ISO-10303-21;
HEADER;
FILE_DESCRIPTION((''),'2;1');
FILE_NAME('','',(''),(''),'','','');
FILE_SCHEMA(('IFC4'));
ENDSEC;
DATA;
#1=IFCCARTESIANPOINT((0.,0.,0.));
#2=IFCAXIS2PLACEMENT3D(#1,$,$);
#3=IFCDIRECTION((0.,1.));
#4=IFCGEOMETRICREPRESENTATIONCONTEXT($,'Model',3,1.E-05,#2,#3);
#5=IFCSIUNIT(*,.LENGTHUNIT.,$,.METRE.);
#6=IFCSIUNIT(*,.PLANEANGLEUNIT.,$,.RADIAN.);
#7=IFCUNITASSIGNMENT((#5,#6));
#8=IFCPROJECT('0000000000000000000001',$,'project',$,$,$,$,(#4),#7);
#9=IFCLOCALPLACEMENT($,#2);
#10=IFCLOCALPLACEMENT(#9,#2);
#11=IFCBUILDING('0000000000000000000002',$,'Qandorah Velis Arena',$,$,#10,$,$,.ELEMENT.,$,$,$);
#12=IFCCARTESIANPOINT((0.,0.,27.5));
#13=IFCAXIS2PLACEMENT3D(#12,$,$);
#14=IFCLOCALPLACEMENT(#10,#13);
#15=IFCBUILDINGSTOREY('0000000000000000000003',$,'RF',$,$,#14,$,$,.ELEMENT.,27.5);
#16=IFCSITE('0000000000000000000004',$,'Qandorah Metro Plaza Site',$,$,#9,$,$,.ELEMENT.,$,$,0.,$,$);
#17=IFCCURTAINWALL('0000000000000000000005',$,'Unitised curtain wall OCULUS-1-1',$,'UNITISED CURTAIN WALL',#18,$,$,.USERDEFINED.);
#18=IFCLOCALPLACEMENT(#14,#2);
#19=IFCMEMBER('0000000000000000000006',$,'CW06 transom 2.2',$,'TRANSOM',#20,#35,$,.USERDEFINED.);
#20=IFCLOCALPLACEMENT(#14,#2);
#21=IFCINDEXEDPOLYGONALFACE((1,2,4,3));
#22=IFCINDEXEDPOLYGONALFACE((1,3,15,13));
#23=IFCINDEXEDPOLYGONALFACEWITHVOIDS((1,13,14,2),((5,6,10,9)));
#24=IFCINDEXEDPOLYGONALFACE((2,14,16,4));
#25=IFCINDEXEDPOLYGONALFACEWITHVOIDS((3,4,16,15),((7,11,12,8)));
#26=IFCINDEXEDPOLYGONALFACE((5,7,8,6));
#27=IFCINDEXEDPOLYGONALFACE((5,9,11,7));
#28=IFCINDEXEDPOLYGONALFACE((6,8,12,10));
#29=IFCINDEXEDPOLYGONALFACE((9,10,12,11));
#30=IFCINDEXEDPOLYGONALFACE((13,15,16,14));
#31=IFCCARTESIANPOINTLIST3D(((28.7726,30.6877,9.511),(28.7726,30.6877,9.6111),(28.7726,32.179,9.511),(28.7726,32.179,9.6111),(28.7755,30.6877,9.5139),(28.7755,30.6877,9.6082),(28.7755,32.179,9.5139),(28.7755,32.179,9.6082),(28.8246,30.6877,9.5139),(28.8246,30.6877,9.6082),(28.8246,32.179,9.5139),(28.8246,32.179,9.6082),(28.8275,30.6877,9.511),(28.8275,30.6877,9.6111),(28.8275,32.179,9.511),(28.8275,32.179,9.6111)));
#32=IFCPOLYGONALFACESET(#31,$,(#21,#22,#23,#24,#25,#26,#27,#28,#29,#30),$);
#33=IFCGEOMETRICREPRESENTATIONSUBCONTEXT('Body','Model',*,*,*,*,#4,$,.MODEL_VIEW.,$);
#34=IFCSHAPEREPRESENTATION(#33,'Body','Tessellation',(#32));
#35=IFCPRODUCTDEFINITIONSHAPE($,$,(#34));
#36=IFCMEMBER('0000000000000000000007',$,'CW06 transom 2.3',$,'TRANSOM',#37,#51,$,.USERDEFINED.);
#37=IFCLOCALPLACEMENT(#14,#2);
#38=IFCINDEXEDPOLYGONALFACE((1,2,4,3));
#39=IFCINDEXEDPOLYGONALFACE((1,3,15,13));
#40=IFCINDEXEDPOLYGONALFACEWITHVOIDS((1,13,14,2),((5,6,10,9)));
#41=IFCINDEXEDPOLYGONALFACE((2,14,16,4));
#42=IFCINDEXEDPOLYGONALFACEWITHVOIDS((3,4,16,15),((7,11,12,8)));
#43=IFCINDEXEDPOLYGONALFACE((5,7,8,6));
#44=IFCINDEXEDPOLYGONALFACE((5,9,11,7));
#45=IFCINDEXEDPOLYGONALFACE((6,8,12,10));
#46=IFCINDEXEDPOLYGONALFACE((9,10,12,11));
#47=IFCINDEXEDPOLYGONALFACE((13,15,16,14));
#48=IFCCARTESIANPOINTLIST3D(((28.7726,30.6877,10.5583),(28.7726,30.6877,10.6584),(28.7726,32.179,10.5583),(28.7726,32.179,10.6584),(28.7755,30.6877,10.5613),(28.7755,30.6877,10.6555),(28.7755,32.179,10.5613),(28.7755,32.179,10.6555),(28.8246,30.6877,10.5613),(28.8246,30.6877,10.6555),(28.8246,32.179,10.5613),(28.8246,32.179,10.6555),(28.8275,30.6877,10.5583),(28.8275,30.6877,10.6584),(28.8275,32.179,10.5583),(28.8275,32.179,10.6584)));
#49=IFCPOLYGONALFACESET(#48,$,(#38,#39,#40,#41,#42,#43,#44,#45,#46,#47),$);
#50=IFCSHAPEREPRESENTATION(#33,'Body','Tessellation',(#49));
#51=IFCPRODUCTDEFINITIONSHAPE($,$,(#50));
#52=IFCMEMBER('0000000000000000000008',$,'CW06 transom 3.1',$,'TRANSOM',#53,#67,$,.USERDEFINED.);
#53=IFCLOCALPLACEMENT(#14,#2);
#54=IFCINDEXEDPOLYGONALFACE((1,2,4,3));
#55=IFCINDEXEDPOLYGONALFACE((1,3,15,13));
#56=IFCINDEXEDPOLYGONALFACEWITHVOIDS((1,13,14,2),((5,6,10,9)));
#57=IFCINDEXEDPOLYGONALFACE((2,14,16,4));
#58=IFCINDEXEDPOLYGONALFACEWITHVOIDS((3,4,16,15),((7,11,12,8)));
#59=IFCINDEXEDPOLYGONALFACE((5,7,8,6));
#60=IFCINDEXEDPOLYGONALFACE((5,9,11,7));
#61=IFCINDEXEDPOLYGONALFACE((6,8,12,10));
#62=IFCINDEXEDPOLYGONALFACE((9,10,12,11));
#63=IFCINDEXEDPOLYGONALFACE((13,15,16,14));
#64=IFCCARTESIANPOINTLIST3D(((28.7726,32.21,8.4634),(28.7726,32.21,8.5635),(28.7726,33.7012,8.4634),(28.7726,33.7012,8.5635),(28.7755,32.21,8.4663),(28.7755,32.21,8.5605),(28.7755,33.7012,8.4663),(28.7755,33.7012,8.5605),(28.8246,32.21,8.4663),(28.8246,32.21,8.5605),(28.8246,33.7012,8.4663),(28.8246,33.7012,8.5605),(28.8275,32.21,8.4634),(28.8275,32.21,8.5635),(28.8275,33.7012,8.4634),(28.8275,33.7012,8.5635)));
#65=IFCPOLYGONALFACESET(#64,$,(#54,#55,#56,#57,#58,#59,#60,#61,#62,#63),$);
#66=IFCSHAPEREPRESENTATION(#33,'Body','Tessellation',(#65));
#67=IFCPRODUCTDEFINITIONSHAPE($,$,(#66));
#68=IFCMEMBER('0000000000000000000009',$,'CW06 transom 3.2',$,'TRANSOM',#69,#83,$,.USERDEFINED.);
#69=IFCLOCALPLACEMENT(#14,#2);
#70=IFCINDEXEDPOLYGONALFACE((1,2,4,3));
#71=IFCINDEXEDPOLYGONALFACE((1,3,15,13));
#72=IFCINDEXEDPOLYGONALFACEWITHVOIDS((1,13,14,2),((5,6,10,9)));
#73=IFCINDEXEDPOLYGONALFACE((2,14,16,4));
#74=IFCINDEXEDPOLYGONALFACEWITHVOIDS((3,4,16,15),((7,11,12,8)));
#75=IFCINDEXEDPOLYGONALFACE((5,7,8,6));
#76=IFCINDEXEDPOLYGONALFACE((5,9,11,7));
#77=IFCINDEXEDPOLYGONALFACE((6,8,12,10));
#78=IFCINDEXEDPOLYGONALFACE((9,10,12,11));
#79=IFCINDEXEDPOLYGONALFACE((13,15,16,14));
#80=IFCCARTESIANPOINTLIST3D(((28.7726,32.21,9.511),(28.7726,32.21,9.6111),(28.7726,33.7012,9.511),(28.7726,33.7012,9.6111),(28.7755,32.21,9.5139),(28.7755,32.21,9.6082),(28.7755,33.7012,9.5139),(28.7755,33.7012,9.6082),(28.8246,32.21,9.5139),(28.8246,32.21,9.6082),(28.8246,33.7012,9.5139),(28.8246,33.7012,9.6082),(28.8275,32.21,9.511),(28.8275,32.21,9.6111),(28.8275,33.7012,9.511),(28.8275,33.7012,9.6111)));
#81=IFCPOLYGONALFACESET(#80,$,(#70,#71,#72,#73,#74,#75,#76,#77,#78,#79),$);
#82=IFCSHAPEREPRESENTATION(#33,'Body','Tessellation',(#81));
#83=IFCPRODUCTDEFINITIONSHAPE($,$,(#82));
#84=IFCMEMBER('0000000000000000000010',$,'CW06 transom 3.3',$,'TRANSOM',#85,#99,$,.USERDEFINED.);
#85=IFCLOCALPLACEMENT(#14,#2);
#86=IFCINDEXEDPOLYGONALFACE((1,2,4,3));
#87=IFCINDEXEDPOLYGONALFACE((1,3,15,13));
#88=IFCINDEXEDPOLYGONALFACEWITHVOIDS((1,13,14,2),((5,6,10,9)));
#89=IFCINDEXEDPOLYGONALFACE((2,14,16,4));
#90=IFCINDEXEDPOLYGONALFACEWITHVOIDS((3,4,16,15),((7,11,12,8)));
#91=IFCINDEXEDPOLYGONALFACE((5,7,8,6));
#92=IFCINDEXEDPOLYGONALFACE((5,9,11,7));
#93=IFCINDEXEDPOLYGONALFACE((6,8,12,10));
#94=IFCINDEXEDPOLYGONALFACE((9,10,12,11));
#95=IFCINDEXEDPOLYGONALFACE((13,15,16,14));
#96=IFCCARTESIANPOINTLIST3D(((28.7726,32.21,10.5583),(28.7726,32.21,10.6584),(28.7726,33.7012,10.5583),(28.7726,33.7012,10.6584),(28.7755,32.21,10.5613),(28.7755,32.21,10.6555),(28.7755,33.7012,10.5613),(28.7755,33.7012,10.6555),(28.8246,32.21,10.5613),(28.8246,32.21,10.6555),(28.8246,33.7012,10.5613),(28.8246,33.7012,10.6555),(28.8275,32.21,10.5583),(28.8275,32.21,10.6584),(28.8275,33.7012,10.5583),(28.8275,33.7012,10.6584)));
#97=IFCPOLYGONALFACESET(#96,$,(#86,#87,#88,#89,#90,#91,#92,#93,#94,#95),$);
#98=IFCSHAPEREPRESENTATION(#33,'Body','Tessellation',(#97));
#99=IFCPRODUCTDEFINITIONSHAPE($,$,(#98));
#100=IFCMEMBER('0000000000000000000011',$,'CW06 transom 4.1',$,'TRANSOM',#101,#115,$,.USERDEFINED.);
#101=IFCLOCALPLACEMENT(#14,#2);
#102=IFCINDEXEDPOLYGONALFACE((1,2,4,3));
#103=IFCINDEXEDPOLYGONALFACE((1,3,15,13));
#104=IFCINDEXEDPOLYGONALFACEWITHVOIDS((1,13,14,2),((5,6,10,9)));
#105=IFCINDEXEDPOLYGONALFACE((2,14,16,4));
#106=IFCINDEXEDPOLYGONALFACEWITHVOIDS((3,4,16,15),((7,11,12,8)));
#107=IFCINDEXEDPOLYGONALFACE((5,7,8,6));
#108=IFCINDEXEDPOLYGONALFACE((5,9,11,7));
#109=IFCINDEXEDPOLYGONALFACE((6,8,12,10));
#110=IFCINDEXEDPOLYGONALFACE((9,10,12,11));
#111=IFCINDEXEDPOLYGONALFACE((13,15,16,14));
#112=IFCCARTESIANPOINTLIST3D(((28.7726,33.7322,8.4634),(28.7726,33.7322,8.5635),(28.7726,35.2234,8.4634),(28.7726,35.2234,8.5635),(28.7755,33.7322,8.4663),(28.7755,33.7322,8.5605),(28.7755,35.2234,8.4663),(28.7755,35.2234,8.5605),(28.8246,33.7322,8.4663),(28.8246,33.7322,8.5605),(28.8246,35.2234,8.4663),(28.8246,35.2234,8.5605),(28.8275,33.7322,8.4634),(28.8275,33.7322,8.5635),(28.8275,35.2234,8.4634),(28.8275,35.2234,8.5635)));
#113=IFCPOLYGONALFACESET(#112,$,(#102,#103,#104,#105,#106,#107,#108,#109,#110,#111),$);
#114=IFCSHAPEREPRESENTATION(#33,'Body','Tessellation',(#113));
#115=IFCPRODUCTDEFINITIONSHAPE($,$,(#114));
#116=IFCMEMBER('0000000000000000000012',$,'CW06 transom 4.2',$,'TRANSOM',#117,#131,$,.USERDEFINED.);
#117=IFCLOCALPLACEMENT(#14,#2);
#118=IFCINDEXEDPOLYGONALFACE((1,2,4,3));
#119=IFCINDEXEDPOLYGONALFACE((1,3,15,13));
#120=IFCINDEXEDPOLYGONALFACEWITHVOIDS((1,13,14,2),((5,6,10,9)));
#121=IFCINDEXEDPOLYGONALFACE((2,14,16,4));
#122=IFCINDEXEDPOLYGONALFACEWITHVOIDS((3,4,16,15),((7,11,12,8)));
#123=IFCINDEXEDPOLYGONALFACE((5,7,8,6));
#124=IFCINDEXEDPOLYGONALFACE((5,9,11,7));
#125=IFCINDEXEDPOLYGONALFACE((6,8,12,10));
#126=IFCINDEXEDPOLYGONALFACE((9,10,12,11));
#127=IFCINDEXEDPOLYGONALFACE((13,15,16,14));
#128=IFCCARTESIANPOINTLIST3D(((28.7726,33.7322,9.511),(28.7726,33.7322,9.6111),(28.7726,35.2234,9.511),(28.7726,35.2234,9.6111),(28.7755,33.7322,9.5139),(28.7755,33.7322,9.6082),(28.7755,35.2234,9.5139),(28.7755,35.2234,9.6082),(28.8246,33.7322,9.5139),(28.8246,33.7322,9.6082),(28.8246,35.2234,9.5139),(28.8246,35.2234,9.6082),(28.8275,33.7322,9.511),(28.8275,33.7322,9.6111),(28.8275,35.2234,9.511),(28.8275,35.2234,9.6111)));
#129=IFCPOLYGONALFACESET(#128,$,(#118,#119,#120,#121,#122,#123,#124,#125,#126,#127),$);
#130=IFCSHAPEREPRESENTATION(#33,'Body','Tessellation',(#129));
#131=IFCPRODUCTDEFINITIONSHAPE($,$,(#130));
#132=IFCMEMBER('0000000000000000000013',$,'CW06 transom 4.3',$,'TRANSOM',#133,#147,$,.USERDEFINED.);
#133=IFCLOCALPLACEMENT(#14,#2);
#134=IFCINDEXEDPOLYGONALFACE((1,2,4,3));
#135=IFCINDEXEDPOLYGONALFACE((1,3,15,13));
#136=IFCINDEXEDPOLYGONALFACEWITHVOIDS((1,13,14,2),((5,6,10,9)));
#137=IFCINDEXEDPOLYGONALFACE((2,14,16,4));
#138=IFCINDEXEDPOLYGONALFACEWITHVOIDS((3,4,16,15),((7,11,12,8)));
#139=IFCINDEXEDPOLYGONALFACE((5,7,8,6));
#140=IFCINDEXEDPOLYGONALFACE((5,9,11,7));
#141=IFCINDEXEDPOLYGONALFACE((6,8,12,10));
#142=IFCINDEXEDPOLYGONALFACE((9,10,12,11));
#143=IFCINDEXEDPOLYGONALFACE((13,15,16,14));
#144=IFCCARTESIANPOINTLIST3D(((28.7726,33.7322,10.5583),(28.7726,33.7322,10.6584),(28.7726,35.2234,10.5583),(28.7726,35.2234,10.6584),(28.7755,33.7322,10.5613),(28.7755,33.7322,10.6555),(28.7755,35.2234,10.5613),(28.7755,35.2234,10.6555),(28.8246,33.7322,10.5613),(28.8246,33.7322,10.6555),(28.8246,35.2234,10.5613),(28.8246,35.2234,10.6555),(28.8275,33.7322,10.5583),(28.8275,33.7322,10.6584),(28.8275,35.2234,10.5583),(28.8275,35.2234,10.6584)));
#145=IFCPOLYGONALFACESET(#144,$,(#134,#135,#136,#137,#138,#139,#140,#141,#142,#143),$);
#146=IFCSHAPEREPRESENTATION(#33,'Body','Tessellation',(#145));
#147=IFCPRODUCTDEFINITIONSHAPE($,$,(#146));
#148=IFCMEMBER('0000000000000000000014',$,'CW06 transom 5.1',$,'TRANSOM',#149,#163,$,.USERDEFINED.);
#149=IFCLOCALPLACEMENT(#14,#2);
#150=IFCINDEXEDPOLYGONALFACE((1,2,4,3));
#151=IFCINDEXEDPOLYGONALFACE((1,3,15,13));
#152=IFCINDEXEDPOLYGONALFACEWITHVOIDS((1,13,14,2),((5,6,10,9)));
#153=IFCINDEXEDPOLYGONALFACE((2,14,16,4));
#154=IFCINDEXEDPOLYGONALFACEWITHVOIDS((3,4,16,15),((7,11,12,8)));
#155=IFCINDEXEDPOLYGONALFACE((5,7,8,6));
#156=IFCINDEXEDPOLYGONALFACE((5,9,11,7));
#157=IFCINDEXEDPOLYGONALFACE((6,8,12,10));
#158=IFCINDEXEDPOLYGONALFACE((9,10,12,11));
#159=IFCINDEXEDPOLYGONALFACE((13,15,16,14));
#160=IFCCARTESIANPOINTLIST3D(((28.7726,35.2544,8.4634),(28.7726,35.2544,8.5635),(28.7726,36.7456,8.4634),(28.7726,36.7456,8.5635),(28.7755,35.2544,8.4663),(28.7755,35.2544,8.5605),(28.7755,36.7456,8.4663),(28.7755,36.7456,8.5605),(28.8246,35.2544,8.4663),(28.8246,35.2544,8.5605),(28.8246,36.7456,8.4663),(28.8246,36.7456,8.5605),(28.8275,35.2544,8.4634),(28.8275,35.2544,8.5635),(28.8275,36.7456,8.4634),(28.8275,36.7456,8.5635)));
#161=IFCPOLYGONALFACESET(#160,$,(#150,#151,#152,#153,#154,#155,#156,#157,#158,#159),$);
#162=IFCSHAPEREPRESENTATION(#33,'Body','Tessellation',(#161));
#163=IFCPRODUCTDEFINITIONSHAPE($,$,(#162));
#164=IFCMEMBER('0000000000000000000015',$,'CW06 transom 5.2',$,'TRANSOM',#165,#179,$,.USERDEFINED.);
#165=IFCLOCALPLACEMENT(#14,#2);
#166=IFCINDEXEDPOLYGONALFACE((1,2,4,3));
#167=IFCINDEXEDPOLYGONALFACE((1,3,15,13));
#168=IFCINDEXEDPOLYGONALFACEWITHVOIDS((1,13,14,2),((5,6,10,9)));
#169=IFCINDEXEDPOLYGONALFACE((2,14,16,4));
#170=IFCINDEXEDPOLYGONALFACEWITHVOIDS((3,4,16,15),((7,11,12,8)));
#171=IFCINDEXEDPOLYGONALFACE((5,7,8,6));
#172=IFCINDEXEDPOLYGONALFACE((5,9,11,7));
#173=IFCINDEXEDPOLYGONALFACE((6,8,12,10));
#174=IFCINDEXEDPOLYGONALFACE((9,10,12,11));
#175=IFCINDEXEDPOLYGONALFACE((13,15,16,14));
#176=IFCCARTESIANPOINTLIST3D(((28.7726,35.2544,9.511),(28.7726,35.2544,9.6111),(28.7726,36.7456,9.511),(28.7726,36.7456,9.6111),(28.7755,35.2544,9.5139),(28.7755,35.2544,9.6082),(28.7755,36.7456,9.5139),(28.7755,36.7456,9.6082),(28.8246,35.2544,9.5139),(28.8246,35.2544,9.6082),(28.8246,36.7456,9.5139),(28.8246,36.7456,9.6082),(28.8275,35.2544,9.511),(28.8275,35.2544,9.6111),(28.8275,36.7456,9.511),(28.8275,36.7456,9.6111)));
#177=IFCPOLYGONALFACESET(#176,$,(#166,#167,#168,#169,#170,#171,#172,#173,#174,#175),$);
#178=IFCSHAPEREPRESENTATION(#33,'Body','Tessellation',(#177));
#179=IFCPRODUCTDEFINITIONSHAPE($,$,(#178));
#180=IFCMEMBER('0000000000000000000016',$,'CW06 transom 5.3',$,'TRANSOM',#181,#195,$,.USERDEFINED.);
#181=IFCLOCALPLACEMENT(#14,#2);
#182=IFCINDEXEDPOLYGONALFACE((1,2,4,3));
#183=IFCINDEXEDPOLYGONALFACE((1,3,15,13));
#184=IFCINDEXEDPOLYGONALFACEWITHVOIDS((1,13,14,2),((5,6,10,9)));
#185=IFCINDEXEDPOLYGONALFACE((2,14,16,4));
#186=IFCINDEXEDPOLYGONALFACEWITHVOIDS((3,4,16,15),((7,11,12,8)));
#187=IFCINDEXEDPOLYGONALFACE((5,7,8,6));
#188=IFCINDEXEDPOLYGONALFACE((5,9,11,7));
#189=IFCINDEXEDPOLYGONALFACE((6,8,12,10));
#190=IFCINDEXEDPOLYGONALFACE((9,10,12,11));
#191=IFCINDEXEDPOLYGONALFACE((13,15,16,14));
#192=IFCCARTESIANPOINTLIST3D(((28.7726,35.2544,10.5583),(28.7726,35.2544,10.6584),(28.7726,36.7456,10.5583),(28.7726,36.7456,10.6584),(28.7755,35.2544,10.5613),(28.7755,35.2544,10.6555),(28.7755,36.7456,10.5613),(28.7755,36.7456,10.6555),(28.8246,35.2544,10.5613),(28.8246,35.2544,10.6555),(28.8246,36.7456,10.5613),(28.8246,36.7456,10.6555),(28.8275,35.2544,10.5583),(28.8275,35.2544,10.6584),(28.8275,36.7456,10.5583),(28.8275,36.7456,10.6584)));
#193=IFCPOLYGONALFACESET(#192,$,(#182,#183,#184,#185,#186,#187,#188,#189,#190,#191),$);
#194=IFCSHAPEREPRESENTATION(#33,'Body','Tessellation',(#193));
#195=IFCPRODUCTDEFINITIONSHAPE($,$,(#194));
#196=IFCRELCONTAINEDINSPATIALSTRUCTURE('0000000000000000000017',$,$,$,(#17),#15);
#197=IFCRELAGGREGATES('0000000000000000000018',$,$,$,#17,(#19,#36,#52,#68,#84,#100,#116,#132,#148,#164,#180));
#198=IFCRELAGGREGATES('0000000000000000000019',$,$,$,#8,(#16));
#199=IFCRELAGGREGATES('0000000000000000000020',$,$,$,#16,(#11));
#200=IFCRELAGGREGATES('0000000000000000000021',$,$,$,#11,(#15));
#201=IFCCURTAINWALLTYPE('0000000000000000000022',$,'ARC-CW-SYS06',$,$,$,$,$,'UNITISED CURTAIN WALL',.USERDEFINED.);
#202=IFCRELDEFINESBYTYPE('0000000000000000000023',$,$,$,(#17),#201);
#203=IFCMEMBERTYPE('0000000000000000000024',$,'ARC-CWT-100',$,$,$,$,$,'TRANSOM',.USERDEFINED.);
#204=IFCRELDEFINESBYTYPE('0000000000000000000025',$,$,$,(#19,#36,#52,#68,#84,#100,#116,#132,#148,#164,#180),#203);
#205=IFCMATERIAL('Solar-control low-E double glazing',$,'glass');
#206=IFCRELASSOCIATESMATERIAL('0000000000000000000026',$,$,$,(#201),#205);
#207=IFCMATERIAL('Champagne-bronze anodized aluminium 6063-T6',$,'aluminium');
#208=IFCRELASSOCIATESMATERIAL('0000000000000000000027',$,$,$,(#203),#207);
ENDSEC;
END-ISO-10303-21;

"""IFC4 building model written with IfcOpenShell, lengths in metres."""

from ifc_helpers import new_model, si_unit, direction, frame, origin, origin_2d, place, context, subcontext, project, spatial, hollow_rectangle, extrude, material, material_profile, profile_set, type_object, element, aggregate, save


model = new_model("IFC4")

# Units and contexts
model_context = context("Model", 3, precision=1e-05, world=origin(), true_north=direction((0.0, 1.0)))
body_context = subcontext(model_context, "Body", "Model", "MODEL_VIEW")
ifc_project = project(units=[si_unit("LENGTHUNIT", "METRE"), si_unit("PLANEANGLEUNIT", "RADIAN")], contexts=[model_context])

# Site, building, storey
site_placement = place(None, origin())
site = spatial("IfcSite", under=ifc_project, at=site_placement, Name="Qandorah Metro Plaza Site", CompositionType="ELEMENT", RefElevation=0.0)
building_placement = place(site_placement, origin())
building = spatial("IfcBuilding", under=site, at=building_placement, Name="Qandorah Velis Arena", CompositionType="ELEMENT")
storey_placement = place(building_placement, frame((0.0, 0.0, 27.5)))
storey = spatial("IfcBuildingStorey", under=building, at=storey_placement, Name="RF", CompositionType="ELEMENT", Elevation=27.5)

# Curtain wall, members
ifc_material_1 = material(Name="Solar-control low-E double glazing", Category="glass")
curtain_wall_type = type_object("IfcCurtainWallType", Name="ARC-CW-SYS06", ElementType="UNITISED CURTAIN WALL", PredefinedType="USERDEFINED", material=ifc_material_1)
curtain_wall_placement = place(storey_placement, origin())
curtain_wall = element("IfcCurtainWall", 1, at=curtain_wall_placement, inside=storey, type_object=curtain_wall_type, Name="Unitised curtain wall OCULUS-1-1", ObjectType="UNITISED CURTAIN WALL", PredefinedType="USERDEFINED")
ifc_material_2 = material(Name="Champagne-bronze anodized aluminium 6063-T6", Category="aluminium")
ifc_material_profile_1 = material_profile(ifc_material_2, hollow_rectangle(XDim=0.0549, YDim=0.1001, WallThickness=0.0029, at=origin_2d()), Name="ALU TRANSOM 55x100")
ifc_profile_set_1 = profile_set([ifc_material_profile_1], Name="Champagne-bronze anodized aluminium 6063-T6")
member_type_1 = type_object("IfcMemberType", Name="ARC-CWT-100", ElementType="TRANSOM", PredefinedType="USERDEFINED", material=ifc_profile_set_1)
member_1_placement = place(storey_placement, frame((28.8, 30.6877, 9.561), z_axis=(0.0, 1.0, 0.0), x_axis=(-1.0, 0.0, 0.0)))
member_1 = element("IfcMember", 2, at=member_1_placement, type_object=member_type_1, Name="CW06 transom 2.2", ObjectType="TRANSOM", PredefinedType="USERDEFINED", context=body_context, shape_type="SweptSolid", body=[
    extrude(hollow_rectangle(XDim=0.0549, YDim=0.1001, WallThickness=0.0029, at=origin_2d()), origin(), (0.0, 0.0, 1.0), 1.4912),
])
member_2_placement = place(storey_placement, frame((28.8, 30.6877, 10.6084), z_axis=(0.0, 1.0, 0.0), x_axis=(-1.0, 0.0, 0.0)))
member_2 = element("IfcMember", 3, at=member_2_placement, type_object=member_type_1, Name="CW06 transom 2.3", ObjectType="TRANSOM", PredefinedType="USERDEFINED", context=body_context, shape_type="SweptSolid", body=[
    extrude(hollow_rectangle(XDim=0.0549, YDim=0.1001, WallThickness=0.0029, at=origin_2d()), origin(), (0.0, 0.0, 1.0), 1.4912),
])
member_3_placement = place(storey_placement, frame((28.8, 32.21, 8.5134), z_axis=(0.0, 1.0, 0.0), x_axis=(-1.0, 0.0, 0.0)))
member_3 = element("IfcMember", 4, at=member_3_placement, type_object=member_type_1, Name="CW06 transom 3.1", ObjectType="TRANSOM", PredefinedType="USERDEFINED", context=body_context, shape_type="SweptSolid", body=[
    extrude(hollow_rectangle(XDim=0.0549, YDim=0.1001, WallThickness=0.0029, at=origin_2d()), origin(), (0.0, 0.0, 1.0), 1.4912),
])
member_4_placement = place(storey_placement, frame((28.8, 32.21, 9.561), z_axis=(0.0, 1.0, 0.0), x_axis=(-1.0, 0.0, 0.0)))
member_4 = element("IfcMember", 5, at=member_4_placement, type_object=member_type_1, Name="CW06 transom 3.2", ObjectType="TRANSOM", PredefinedType="USERDEFINED", context=body_context, shape_type="SweptSolid", body=[
    extrude(hollow_rectangle(XDim=0.0549, YDim=0.1001, WallThickness=0.0029, at=origin_2d()), origin(), (0.0, 0.0, 1.0), 1.4912),
])
member_5_placement = place(storey_placement, frame((28.8, 32.21, 10.6084), z_axis=(0.0, 1.0, 0.0), x_axis=(-1.0, 0.0, 0.0)))
member_5 = element("IfcMember", 6, at=member_5_placement, type_object=member_type_1, Name="CW06 transom 3.3", ObjectType="TRANSOM", PredefinedType="USERDEFINED", context=body_context, shape_type="SweptSolid", body=[
    extrude(hollow_rectangle(XDim=0.0549, YDim=0.1001, WallThickness=0.0029, at=origin_2d()), origin(), (0.0, 0.0, 1.0), 1.4912),
])
member_6_placement = place(storey_placement, frame((28.8, 33.7322, 8.5134), z_axis=(0.0, 1.0, 0.0), x_axis=(-1.0, 0.0, 0.0)))
member_6 = element("IfcMember", 7, at=member_6_placement, type_object=member_type_1, Name="CW06 transom 4.1", ObjectType="TRANSOM", PredefinedType="USERDEFINED", context=body_context, shape_type="SweptSolid", body=[
    extrude(hollow_rectangle(XDim=0.0549, YDim=0.1001, WallThickness=0.0029, at=origin_2d()), origin(), (0.0, 0.0, 1.0), 1.4912),
])
member_7_placement = place(storey_placement, frame((28.8, 33.7322, 9.561), z_axis=(0.0, 1.0, 0.0), x_axis=(-1.0, 0.0, 0.0)))
member_7 = element("IfcMember", 8, at=member_7_placement, type_object=member_type_1, Name="CW06 transom 4.2", ObjectType="TRANSOM", PredefinedType="USERDEFINED", context=body_context, shape_type="SweptSolid", body=[
    extrude(hollow_rectangle(XDim=0.0549, YDim=0.1001, WallThickness=0.0029, at=origin_2d()), origin(), (0.0, 0.0, 1.0), 1.4912),
])
member_8_placement = place(storey_placement, frame((28.8, 33.7322, 10.6084), z_axis=(0.0, 1.0, 0.0), x_axis=(-1.0, 0.0, 0.0)))
member_8 = element("IfcMember", 9, at=member_8_placement, type_object=member_type_1, Name="CW06 transom 4.3", ObjectType="TRANSOM", PredefinedType="USERDEFINED", context=body_context, shape_type="SweptSolid", body=[
    extrude(hollow_rectangle(XDim=0.0549, YDim=0.1001, WallThickness=0.0029, at=origin_2d()), origin(), (0.0, 0.0, 1.0), 1.4912),
])
member_9_placement = place(storey_placement, frame((28.8, 35.2544, 8.5134), z_axis=(0.0, 1.0, 0.0), x_axis=(-1.0, 0.0, 0.0)))
member_9 = element("IfcMember", 10, at=member_9_placement, type_object=member_type_1, Name="CW06 transom 5.1", ObjectType="TRANSOM", PredefinedType="USERDEFINED", context=body_context, shape_type="SweptSolid", body=[
    extrude(hollow_rectangle(XDim=0.0549, YDim=0.1001, WallThickness=0.0029, at=origin_2d()), origin(), (0.0, 0.0, 1.0), 1.4912),
])
member_10_placement = place(storey_placement, frame((28.8, 35.2544, 9.561), z_axis=(0.0, 1.0, 0.0), x_axis=(-1.0, 0.0, 0.0)))
member_10 = element("IfcMember", 11, at=member_10_placement, type_object=member_type_1, Name="CW06 transom 5.2", ObjectType="TRANSOM", PredefinedType="USERDEFINED", context=body_context, shape_type="SweptSolid", body=[
    extrude(hollow_rectangle(XDim=0.0549, YDim=0.1001, WallThickness=0.0029, at=origin_2d()), origin(), (0.0, 0.0, 1.0), 1.4912),
])
member_11_placement = place(storey_placement, frame((28.8, 35.2544, 10.6084), z_axis=(0.0, 1.0, 0.0), x_axis=(-1.0, 0.0, 0.0)))
member_11 = element("IfcMember", 12, at=member_11_placement, type_object=member_type_1, Name="CW06 transom 5.3", ObjectType="TRANSOM", PredefinedType="USERDEFINED", context=body_context, shape_type="SweptSolid", body=[
    extrude(hollow_rectangle(XDim=0.0549, YDim=0.1001, WallThickness=0.0029, at=origin_2d()), origin(), (0.0, 0.0, 1.0), 1.4912),
])

aggregate(curtain_wall, [member_1, member_2, member_3, member_4, member_5, member_6, member_7, member_8, member_9, member_10, member_11])

save(model, "model.ifc")
